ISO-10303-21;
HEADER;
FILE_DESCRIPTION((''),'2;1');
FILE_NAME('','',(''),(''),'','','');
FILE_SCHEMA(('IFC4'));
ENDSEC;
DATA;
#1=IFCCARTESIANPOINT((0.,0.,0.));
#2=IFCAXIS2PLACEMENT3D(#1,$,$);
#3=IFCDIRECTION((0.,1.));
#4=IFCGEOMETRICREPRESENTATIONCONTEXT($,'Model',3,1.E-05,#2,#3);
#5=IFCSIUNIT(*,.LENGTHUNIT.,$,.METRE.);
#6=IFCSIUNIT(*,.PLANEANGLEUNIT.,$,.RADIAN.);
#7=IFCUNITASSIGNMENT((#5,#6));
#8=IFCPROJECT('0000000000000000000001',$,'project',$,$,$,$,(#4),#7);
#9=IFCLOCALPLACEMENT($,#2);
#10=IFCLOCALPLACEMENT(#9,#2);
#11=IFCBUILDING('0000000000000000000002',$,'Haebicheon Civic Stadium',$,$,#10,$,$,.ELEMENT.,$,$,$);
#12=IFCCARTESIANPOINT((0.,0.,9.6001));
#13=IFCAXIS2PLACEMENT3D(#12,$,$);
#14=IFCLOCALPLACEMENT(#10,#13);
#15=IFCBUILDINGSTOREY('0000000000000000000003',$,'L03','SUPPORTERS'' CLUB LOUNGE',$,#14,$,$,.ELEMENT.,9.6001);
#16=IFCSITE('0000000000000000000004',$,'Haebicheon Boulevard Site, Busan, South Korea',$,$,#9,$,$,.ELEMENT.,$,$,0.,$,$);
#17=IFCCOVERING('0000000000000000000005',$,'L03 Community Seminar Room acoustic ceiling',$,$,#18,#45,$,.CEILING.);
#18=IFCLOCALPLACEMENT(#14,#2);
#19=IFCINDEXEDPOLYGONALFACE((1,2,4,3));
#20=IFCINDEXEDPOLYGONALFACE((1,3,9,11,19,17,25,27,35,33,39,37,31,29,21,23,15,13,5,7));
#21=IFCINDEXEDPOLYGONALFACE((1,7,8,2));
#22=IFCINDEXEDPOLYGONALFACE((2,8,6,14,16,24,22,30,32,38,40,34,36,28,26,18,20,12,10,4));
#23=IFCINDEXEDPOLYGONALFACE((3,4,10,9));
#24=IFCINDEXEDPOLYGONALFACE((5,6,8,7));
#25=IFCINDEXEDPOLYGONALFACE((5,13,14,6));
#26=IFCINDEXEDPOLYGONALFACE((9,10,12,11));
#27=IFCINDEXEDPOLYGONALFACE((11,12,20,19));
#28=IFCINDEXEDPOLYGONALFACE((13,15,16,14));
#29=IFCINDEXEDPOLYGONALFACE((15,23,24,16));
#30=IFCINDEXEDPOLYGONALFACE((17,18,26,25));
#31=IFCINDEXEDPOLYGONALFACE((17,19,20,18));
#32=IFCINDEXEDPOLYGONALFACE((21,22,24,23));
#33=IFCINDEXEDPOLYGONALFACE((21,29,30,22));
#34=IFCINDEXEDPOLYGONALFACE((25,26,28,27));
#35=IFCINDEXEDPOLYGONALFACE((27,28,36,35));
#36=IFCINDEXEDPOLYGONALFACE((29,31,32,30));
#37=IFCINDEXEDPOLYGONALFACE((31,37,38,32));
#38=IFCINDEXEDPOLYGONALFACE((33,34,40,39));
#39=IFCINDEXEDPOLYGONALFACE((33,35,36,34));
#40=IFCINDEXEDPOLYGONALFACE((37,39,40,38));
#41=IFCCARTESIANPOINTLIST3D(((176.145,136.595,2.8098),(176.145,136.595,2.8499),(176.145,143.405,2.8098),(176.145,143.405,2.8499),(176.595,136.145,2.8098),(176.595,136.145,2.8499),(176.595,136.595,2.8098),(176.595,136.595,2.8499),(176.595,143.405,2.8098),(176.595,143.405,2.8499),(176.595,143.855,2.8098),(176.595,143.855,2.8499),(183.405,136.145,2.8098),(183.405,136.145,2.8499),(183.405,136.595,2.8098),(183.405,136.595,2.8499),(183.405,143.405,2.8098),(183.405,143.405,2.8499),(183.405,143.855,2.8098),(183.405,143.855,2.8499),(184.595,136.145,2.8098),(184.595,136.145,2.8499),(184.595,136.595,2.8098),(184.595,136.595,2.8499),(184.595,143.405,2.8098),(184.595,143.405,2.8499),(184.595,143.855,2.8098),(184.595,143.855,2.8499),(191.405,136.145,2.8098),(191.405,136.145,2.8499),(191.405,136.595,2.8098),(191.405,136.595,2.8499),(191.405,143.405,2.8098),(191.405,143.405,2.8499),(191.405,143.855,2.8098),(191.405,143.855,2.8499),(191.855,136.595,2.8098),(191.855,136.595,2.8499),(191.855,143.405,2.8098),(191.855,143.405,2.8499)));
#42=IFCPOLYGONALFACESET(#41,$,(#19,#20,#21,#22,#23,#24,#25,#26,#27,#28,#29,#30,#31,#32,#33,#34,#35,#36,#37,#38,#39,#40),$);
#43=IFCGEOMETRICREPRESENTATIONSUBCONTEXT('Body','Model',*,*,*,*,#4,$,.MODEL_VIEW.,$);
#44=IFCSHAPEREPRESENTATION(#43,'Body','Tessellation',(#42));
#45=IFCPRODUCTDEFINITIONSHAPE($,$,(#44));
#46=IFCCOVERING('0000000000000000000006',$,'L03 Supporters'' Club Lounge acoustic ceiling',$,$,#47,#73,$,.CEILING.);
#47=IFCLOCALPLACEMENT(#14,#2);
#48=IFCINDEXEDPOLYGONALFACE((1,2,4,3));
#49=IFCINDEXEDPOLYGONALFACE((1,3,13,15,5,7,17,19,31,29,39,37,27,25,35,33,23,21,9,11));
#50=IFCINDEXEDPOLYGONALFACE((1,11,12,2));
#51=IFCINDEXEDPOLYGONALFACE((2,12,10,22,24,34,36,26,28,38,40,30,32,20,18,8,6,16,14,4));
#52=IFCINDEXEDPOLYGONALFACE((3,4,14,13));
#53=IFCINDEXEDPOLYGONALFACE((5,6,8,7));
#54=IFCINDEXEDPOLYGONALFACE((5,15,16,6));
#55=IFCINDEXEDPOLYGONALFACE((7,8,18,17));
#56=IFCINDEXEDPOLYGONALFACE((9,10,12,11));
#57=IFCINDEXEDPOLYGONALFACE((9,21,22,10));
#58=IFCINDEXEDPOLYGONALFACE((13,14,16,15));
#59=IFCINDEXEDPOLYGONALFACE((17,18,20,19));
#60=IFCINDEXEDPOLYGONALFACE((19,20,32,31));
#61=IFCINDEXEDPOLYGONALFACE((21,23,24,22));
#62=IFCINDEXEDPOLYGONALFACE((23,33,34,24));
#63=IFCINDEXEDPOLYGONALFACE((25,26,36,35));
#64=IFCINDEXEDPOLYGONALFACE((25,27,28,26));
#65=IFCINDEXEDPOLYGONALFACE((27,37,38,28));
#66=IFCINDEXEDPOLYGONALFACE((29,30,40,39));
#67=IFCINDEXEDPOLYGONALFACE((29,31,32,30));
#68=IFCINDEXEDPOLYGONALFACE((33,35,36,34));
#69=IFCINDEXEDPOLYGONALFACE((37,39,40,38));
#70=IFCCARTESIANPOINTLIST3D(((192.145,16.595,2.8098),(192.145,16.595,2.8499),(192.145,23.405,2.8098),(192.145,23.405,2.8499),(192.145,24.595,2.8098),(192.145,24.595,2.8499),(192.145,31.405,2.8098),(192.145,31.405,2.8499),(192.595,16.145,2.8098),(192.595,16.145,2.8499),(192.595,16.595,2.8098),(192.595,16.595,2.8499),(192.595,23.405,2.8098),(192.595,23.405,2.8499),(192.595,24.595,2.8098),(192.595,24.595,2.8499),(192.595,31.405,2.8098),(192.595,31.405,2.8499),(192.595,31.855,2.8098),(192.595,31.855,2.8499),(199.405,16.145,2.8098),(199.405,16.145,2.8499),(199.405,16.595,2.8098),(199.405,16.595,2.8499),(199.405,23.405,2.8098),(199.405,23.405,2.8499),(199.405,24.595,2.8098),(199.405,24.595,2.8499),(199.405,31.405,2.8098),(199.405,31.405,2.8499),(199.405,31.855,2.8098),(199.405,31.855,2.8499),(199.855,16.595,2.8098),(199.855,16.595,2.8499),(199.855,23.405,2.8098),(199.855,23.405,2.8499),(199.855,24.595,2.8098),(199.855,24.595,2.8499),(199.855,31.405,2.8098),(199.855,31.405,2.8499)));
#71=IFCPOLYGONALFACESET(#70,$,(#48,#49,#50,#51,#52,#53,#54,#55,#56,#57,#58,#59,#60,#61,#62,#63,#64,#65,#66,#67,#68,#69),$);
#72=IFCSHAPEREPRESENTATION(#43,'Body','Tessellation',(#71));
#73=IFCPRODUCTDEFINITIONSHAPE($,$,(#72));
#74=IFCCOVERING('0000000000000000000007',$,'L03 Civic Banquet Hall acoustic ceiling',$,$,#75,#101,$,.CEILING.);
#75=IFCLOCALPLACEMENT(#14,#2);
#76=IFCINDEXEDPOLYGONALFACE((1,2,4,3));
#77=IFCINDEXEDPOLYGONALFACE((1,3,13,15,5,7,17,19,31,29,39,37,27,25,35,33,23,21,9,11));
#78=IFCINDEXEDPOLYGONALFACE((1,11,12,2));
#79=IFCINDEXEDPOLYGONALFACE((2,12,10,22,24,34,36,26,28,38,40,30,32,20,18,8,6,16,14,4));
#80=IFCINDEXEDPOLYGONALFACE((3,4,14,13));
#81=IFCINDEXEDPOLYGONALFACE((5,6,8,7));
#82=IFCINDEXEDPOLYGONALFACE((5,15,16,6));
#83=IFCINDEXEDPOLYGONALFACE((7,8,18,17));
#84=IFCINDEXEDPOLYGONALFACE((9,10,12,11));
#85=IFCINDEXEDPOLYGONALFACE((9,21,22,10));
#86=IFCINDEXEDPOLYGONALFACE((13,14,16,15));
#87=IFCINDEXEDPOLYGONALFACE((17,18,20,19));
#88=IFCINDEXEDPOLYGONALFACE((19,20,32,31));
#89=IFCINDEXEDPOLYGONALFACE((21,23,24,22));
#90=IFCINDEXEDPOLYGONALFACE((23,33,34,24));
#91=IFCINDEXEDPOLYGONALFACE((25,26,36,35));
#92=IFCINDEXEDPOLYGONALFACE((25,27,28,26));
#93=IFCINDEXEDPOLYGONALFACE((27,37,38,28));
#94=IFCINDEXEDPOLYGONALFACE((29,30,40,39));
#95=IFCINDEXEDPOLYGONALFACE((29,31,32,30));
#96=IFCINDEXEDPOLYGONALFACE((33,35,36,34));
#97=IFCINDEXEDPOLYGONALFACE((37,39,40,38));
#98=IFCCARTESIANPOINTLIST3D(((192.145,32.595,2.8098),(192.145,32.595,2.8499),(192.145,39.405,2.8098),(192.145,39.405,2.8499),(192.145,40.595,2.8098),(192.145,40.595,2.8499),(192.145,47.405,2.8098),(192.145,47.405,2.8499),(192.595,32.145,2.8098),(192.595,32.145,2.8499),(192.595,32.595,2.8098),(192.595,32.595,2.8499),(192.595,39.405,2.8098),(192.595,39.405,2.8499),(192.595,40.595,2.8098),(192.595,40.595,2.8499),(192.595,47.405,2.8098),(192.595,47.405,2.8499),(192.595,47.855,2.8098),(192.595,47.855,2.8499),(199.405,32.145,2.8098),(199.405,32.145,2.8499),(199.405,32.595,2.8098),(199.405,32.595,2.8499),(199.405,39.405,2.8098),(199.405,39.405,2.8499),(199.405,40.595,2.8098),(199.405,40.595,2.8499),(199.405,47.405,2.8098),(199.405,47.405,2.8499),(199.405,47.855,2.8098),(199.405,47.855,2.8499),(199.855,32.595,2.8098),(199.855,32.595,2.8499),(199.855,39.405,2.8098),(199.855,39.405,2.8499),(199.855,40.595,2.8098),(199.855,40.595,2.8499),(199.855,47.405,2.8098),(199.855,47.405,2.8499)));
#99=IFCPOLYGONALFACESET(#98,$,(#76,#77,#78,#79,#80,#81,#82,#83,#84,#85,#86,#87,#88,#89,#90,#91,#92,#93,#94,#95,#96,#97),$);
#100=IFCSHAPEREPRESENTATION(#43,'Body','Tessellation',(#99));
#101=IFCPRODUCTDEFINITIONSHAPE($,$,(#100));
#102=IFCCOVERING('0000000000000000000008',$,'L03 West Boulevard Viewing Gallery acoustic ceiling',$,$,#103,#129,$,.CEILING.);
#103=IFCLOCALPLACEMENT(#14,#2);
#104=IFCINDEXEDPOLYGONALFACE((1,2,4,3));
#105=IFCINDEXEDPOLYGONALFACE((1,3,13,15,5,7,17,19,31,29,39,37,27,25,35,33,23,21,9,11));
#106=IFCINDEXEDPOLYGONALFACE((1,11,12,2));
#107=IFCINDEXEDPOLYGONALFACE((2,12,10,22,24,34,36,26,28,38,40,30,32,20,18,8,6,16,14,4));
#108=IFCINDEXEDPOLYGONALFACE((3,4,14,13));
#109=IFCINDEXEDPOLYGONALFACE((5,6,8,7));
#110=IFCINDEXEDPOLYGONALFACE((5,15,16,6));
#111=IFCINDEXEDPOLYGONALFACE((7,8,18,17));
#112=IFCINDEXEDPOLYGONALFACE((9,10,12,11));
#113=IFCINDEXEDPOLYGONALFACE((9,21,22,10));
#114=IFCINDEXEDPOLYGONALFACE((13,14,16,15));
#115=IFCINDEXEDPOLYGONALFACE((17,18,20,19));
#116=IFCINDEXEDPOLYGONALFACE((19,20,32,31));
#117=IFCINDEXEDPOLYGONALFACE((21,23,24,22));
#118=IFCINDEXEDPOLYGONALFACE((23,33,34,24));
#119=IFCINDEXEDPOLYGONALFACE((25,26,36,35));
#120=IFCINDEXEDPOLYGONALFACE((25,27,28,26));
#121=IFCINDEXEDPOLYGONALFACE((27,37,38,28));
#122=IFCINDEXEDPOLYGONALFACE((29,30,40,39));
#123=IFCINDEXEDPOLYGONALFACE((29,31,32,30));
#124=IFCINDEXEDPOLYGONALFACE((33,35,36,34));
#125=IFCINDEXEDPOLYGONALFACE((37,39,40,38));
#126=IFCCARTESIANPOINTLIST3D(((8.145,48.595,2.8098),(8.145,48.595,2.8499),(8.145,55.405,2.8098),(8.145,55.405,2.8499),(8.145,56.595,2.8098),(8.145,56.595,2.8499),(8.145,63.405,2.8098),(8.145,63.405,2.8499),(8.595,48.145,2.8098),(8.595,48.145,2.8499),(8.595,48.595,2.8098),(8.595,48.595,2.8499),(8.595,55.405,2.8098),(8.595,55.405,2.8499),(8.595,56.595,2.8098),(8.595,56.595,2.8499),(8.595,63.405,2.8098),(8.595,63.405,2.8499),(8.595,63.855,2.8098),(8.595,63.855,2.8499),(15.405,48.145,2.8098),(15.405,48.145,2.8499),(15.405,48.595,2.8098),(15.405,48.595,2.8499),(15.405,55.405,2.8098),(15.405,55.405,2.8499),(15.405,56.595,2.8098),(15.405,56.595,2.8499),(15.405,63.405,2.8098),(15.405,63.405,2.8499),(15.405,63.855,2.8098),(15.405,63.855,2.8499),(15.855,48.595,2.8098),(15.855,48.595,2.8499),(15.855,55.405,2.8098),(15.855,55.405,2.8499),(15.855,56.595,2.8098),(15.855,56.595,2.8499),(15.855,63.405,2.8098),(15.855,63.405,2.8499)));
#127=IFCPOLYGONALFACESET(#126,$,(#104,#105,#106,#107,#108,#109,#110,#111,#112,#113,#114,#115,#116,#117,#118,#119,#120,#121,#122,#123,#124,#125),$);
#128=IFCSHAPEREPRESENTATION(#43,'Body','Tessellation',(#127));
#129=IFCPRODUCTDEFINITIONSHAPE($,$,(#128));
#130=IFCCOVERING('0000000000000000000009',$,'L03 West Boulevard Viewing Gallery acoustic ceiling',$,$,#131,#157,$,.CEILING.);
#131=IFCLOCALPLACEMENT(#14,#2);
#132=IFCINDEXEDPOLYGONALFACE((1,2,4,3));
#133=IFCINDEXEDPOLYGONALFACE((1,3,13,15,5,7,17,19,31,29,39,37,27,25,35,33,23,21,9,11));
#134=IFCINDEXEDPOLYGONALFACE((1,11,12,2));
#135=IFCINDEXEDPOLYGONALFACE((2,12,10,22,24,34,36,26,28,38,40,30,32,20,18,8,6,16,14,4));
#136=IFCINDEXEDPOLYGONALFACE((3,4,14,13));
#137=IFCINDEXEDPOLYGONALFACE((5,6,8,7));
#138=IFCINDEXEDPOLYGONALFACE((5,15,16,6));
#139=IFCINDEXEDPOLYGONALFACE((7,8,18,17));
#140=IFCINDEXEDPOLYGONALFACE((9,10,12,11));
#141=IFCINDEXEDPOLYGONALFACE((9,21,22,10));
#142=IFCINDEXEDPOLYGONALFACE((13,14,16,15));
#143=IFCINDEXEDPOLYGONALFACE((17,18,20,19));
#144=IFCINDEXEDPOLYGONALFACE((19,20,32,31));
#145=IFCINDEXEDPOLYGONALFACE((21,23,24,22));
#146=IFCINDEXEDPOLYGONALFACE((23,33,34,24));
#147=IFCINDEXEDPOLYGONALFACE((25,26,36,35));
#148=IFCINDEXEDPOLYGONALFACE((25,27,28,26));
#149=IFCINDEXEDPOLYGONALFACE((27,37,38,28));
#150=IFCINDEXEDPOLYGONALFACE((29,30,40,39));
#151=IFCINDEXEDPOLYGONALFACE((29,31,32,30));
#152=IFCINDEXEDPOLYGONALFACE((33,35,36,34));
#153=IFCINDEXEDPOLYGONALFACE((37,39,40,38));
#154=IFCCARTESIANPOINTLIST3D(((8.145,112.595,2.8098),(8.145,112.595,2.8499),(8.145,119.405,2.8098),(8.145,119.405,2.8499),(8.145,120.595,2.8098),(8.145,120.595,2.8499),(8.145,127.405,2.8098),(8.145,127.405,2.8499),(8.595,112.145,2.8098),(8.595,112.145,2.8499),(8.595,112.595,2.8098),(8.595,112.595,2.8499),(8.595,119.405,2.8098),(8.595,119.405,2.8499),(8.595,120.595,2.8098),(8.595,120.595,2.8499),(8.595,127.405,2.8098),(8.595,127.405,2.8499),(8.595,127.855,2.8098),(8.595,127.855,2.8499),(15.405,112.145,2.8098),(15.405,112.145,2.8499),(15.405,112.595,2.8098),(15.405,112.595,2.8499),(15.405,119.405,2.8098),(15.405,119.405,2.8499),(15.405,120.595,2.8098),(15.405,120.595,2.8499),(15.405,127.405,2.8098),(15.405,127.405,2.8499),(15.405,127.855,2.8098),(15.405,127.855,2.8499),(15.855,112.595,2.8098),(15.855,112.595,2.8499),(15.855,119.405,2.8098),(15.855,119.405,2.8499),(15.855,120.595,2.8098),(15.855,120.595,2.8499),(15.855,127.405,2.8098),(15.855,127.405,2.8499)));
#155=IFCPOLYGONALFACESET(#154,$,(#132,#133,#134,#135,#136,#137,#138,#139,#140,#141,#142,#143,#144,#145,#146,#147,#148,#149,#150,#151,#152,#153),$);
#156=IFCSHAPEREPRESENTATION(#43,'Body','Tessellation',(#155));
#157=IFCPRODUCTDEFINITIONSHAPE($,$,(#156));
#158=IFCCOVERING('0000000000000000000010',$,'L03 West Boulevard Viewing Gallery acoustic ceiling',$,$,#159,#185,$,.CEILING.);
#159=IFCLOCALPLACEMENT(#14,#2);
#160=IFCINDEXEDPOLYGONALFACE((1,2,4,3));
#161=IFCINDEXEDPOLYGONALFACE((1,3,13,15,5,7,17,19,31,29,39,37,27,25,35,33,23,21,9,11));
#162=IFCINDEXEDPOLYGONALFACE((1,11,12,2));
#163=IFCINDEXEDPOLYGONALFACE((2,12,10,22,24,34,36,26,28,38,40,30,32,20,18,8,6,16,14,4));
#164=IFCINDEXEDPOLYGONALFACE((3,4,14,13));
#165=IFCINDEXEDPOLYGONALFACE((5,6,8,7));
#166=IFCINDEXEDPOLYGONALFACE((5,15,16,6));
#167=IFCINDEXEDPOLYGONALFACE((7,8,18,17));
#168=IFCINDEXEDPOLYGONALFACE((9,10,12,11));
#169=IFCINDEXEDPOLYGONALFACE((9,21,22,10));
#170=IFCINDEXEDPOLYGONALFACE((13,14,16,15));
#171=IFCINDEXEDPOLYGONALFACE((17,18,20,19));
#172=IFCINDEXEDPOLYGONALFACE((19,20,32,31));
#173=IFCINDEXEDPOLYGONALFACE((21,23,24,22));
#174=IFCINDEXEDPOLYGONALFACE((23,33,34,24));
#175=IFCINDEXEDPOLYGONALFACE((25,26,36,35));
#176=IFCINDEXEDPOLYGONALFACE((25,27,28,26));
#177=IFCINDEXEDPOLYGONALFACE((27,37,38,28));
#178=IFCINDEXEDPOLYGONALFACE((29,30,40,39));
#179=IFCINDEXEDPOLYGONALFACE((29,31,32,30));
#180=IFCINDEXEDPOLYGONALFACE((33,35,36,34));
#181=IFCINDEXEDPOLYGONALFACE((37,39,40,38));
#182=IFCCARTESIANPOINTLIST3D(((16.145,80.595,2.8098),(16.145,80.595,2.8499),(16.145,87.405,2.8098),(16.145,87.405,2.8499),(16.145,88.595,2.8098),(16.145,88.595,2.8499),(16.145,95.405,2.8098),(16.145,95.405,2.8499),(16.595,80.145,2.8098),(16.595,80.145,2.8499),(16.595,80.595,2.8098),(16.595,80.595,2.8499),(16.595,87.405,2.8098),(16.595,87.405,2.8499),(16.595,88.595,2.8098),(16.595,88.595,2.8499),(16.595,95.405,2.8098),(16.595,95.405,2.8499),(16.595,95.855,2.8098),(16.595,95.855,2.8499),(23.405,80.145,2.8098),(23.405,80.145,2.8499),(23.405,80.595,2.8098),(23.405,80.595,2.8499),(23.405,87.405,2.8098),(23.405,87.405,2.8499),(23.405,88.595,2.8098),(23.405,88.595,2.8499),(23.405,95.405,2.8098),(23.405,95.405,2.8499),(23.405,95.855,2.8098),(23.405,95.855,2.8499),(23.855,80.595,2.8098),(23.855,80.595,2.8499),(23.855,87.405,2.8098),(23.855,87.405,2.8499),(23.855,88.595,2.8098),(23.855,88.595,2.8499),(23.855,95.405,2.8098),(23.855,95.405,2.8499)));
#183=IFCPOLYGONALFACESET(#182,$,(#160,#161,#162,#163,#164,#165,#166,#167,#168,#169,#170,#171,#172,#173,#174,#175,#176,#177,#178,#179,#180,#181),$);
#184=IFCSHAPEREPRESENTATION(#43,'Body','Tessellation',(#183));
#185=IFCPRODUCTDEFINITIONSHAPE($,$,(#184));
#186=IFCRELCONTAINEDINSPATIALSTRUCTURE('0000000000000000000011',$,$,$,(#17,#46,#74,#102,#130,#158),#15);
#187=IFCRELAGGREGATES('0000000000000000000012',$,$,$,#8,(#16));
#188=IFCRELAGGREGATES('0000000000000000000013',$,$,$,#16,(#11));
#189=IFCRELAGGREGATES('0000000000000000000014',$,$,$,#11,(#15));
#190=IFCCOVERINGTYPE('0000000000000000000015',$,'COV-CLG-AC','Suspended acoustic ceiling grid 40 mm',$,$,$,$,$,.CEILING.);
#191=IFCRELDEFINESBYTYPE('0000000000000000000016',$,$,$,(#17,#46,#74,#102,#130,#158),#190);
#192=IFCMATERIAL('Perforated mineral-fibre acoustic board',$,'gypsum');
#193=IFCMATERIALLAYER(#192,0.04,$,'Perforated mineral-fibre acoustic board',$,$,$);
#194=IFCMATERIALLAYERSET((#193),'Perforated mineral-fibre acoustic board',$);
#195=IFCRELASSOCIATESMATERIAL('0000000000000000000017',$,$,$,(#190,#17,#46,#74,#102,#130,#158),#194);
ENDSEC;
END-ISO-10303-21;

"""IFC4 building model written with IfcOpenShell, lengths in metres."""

from ifc_helpers import new_model, si_unit, direction, frame, origin, place, context, subcontext, project, spatial, polyline, outline, extrude, material, layer, layer_set, type_object, element, save


model = new_model("IFC4")

# Units and contexts
model_context = context("Model", 3, precision=1e-05, world=origin(), true_north=direction((0.0, 1.0)))
body_context = subcontext(model_context, "Body", "Model", "MODEL_VIEW")
ifc_project = project(units=[si_unit("LENGTHUNIT", "METRE"), si_unit("PLANEANGLEUNIT", "RADIAN")], contexts=[model_context])

# Site, building, storey
site_placement = place(None, origin())
site = spatial("IfcSite", under=ifc_project, at=site_placement, Name="Haebicheon Boulevard Site, Busan, South Korea", CompositionType="ELEMENT", RefElevation=0.0)
building_placement = place(site_placement, origin())
building = spatial("IfcBuilding", under=site, at=building_placement, Name="Haebicheon Civic Stadium", CompositionType="ELEMENT")
storey_placement = place(building_placement, frame((0.0, 0.0, 9.6001)))
storey = spatial("IfcBuildingStorey", under=building, at=storey_placement, Name="L03", Description="SUPPORTERS' CLUB LOUNGE", CompositionType="ELEMENT", Elevation=9.6001)

# Coverings
ifc_material_1 = material(Name="Perforated mineral-fibre acoustic board", Category="gypsum")
ifc_layer_1 = layer(ifc_material_1, 0.04, Name="Perforated mineral-fibre acoustic board")
ifc_layer_set_1 = layer_set([ifc_layer_1], Name="Perforated mineral-fibre acoustic board")
covering_type_1 = type_object("IfcCoveringType", Name="COV-CLG-AC", Description="Suspended acoustic ceiling grid 40 mm", PredefinedType="CEILING", material=ifc_layer_set_1)
covering_1_placement = place(storey_placement, frame((0.0, 0.0, 2.8098)))
element("IfcCovering", 1, at=covering_1_placement, inside=storey, type_object=covering_type_1, material=ifc_layer_set_1, Name="L03 Community Seminar Room acoustic ceiling", PredefinedType="CEILING", context=body_context, shape_type="SweptSolid", body=[
    extrude(outline(polyline([(176.145, 143.405), (176.595, 143.405), (176.595, 143.855), (183.405, 143.855), (183.405, 143.405), (184.595, 143.405), (184.595, 143.855), (191.405, 143.855), (191.405, 143.405), (191.855, 143.405), (191.855, 136.595), (191.405, 136.595), (191.405, 136.145), (184.595, 136.145), (184.595, 136.595), (183.405, 136.595), (183.405, 136.145), (176.595, 136.145), (176.595, 136.595), (176.145, 136.595), (176.145, 143.405)])), origin(), (0.0, 0.0, 1.0), 0.04),
])
covering_2_placement = place(storey_placement, frame((0.0, 0.0, 2.8098)))
element("IfcCovering", 2, at=covering_2_placement, inside=storey, type_object=covering_type_1, material=ifc_layer_set_1, Name="L03 Supporters' Club Lounge acoustic ceiling", PredefinedType="CEILING", context=body_context, shape_type="SweptSolid", body=[
    extrude(outline(polyline([(192.595, 16.145), (192.595, 16.595), (192.145, 16.595), (192.145, 23.405), (192.595, 23.405), (192.595, 24.595), (192.145, 24.595), (192.145, 31.405), (192.595, 31.405), (192.595, 31.855), (199.405, 31.855), (199.405, 31.405), (199.855, 31.405), (199.855, 24.595), (199.405, 24.595), (199.405, 23.405), (199.855, 23.405), (199.855, 16.595), (199.405, 16.595), (199.405, 16.145), (192.595, 16.145)])), origin(), (0.0, 0.0, 1.0), 0.04),
])
covering_3_placement = place(storey_placement, frame((0.0, 0.0, 2.8098)))
element("IfcCovering", 3, at=covering_3_placement, inside=storey, type_object=covering_type_1, material=ifc_layer_set_1, Name="L03 Civic Banquet Hall acoustic ceiling", PredefinedType="CEILING", context=body_context, shape_type="SweptSolid", body=[
    extrude(outline(polyline([(192.595, 32.145), (192.595, 32.595), (192.145, 32.595), (192.145, 39.405), (192.595, 39.405), (192.595, 40.595), (192.145, 40.595), (192.145, 47.405), (192.595, 47.405), (192.595, 47.855), (199.405, 47.855), (199.405, 47.405), (199.855, 47.405), (199.855, 40.595), (199.405, 40.595), (199.405, 39.405), (199.855, 39.405), (199.855, 32.595), (199.405, 32.595), (199.405, 32.145), (192.595, 32.145)])), origin(), (0.0, 0.0, 1.0), 0.04),
])
covering_4_placement = place(storey_placement, frame((0.0, 0.0, 2.8098)))
element("IfcCovering", 4, at=covering_4_placement, inside=storey, type_object=covering_type_1, material=ifc_layer_set_1, Name="L03 West Boulevard Viewing Gallery acoustic ceiling", PredefinedType="CEILING", context=body_context, shape_type="SweptSolid", body=[
    extrude(outline(polyline([(8.595, 48.145), (8.595, 48.595), (8.145, 48.595), (8.145, 55.405), (8.595, 55.405), (8.595, 56.595), (8.145, 56.595), (8.145, 63.405), (8.595, 63.405), (8.595, 63.855), (15.405, 63.855), (15.405, 63.405), (15.855, 63.405), (15.855, 56.595), (15.405, 56.595), (15.405, 55.405), (15.855, 55.405), (15.855, 48.595), (15.405, 48.595), (15.405, 48.145), (8.595, 48.145)])), origin(), (0.0, 0.0, 1.0), 0.04),
])
covering_5_placement = place(storey_placement, frame((0.0, 0.0, 2.8098)))
element("IfcCovering", 5, at=covering_5_placement, inside=storey, type_object=covering_type_1, material=ifc_layer_set_1, Name="L03 West Boulevard Viewing Gallery acoustic ceiling", PredefinedType="CEILING", context=body_context, shape_type="SweptSolid", body=[
    extrude(outline(polyline([(8.595, 112.145), (8.595, 112.595), (8.145, 112.595), (8.145, 119.405), (8.595, 119.405), (8.595, 120.595), (8.145, 120.595), (8.145, 127.405), (8.595, 127.405), (8.595, 127.855), (15.405, 127.855), (15.405, 127.405), (15.855, 127.405), (15.855, 120.595), (15.405, 120.595), (15.405, 119.405), (15.855, 119.405), (15.855, 112.595), (15.405, 112.595), (15.405, 112.145), (8.595, 112.145)])), origin(), (0.0, 0.0, 1.0), 0.04),
])
covering_6_placement = place(storey_placement, frame((0.0, 0.0, 2.8098)))
element("IfcCovering", 6, at=covering_6_placement, inside=storey, type_object=covering_type_1, material=ifc_layer_set_1, Name="L03 West Boulevard Viewing Gallery acoustic ceiling", PredefinedType="CEILING", context=body_context, shape_type="SweptSolid", body=[
    extrude(outline(polyline([(16.595, 80.145), (16.595, 80.595), (16.145, 80.595), (16.145, 87.405), (16.595, 87.405), (16.595, 88.595), (16.145, 88.595), (16.145, 95.405), (16.595, 95.405), (16.595, 95.855), (23.405, 95.855), (23.405, 95.405), (23.855, 95.405), (23.855, 88.595), (23.405, 88.595), (23.405, 87.405), (23.855, 87.405), (23.855, 80.595), (23.405, 80.595), (23.405, 80.145), (16.595, 80.145)])), origin(), (0.0, 0.0, 1.0), 0.04),
])

save(model, "model.ifc")
